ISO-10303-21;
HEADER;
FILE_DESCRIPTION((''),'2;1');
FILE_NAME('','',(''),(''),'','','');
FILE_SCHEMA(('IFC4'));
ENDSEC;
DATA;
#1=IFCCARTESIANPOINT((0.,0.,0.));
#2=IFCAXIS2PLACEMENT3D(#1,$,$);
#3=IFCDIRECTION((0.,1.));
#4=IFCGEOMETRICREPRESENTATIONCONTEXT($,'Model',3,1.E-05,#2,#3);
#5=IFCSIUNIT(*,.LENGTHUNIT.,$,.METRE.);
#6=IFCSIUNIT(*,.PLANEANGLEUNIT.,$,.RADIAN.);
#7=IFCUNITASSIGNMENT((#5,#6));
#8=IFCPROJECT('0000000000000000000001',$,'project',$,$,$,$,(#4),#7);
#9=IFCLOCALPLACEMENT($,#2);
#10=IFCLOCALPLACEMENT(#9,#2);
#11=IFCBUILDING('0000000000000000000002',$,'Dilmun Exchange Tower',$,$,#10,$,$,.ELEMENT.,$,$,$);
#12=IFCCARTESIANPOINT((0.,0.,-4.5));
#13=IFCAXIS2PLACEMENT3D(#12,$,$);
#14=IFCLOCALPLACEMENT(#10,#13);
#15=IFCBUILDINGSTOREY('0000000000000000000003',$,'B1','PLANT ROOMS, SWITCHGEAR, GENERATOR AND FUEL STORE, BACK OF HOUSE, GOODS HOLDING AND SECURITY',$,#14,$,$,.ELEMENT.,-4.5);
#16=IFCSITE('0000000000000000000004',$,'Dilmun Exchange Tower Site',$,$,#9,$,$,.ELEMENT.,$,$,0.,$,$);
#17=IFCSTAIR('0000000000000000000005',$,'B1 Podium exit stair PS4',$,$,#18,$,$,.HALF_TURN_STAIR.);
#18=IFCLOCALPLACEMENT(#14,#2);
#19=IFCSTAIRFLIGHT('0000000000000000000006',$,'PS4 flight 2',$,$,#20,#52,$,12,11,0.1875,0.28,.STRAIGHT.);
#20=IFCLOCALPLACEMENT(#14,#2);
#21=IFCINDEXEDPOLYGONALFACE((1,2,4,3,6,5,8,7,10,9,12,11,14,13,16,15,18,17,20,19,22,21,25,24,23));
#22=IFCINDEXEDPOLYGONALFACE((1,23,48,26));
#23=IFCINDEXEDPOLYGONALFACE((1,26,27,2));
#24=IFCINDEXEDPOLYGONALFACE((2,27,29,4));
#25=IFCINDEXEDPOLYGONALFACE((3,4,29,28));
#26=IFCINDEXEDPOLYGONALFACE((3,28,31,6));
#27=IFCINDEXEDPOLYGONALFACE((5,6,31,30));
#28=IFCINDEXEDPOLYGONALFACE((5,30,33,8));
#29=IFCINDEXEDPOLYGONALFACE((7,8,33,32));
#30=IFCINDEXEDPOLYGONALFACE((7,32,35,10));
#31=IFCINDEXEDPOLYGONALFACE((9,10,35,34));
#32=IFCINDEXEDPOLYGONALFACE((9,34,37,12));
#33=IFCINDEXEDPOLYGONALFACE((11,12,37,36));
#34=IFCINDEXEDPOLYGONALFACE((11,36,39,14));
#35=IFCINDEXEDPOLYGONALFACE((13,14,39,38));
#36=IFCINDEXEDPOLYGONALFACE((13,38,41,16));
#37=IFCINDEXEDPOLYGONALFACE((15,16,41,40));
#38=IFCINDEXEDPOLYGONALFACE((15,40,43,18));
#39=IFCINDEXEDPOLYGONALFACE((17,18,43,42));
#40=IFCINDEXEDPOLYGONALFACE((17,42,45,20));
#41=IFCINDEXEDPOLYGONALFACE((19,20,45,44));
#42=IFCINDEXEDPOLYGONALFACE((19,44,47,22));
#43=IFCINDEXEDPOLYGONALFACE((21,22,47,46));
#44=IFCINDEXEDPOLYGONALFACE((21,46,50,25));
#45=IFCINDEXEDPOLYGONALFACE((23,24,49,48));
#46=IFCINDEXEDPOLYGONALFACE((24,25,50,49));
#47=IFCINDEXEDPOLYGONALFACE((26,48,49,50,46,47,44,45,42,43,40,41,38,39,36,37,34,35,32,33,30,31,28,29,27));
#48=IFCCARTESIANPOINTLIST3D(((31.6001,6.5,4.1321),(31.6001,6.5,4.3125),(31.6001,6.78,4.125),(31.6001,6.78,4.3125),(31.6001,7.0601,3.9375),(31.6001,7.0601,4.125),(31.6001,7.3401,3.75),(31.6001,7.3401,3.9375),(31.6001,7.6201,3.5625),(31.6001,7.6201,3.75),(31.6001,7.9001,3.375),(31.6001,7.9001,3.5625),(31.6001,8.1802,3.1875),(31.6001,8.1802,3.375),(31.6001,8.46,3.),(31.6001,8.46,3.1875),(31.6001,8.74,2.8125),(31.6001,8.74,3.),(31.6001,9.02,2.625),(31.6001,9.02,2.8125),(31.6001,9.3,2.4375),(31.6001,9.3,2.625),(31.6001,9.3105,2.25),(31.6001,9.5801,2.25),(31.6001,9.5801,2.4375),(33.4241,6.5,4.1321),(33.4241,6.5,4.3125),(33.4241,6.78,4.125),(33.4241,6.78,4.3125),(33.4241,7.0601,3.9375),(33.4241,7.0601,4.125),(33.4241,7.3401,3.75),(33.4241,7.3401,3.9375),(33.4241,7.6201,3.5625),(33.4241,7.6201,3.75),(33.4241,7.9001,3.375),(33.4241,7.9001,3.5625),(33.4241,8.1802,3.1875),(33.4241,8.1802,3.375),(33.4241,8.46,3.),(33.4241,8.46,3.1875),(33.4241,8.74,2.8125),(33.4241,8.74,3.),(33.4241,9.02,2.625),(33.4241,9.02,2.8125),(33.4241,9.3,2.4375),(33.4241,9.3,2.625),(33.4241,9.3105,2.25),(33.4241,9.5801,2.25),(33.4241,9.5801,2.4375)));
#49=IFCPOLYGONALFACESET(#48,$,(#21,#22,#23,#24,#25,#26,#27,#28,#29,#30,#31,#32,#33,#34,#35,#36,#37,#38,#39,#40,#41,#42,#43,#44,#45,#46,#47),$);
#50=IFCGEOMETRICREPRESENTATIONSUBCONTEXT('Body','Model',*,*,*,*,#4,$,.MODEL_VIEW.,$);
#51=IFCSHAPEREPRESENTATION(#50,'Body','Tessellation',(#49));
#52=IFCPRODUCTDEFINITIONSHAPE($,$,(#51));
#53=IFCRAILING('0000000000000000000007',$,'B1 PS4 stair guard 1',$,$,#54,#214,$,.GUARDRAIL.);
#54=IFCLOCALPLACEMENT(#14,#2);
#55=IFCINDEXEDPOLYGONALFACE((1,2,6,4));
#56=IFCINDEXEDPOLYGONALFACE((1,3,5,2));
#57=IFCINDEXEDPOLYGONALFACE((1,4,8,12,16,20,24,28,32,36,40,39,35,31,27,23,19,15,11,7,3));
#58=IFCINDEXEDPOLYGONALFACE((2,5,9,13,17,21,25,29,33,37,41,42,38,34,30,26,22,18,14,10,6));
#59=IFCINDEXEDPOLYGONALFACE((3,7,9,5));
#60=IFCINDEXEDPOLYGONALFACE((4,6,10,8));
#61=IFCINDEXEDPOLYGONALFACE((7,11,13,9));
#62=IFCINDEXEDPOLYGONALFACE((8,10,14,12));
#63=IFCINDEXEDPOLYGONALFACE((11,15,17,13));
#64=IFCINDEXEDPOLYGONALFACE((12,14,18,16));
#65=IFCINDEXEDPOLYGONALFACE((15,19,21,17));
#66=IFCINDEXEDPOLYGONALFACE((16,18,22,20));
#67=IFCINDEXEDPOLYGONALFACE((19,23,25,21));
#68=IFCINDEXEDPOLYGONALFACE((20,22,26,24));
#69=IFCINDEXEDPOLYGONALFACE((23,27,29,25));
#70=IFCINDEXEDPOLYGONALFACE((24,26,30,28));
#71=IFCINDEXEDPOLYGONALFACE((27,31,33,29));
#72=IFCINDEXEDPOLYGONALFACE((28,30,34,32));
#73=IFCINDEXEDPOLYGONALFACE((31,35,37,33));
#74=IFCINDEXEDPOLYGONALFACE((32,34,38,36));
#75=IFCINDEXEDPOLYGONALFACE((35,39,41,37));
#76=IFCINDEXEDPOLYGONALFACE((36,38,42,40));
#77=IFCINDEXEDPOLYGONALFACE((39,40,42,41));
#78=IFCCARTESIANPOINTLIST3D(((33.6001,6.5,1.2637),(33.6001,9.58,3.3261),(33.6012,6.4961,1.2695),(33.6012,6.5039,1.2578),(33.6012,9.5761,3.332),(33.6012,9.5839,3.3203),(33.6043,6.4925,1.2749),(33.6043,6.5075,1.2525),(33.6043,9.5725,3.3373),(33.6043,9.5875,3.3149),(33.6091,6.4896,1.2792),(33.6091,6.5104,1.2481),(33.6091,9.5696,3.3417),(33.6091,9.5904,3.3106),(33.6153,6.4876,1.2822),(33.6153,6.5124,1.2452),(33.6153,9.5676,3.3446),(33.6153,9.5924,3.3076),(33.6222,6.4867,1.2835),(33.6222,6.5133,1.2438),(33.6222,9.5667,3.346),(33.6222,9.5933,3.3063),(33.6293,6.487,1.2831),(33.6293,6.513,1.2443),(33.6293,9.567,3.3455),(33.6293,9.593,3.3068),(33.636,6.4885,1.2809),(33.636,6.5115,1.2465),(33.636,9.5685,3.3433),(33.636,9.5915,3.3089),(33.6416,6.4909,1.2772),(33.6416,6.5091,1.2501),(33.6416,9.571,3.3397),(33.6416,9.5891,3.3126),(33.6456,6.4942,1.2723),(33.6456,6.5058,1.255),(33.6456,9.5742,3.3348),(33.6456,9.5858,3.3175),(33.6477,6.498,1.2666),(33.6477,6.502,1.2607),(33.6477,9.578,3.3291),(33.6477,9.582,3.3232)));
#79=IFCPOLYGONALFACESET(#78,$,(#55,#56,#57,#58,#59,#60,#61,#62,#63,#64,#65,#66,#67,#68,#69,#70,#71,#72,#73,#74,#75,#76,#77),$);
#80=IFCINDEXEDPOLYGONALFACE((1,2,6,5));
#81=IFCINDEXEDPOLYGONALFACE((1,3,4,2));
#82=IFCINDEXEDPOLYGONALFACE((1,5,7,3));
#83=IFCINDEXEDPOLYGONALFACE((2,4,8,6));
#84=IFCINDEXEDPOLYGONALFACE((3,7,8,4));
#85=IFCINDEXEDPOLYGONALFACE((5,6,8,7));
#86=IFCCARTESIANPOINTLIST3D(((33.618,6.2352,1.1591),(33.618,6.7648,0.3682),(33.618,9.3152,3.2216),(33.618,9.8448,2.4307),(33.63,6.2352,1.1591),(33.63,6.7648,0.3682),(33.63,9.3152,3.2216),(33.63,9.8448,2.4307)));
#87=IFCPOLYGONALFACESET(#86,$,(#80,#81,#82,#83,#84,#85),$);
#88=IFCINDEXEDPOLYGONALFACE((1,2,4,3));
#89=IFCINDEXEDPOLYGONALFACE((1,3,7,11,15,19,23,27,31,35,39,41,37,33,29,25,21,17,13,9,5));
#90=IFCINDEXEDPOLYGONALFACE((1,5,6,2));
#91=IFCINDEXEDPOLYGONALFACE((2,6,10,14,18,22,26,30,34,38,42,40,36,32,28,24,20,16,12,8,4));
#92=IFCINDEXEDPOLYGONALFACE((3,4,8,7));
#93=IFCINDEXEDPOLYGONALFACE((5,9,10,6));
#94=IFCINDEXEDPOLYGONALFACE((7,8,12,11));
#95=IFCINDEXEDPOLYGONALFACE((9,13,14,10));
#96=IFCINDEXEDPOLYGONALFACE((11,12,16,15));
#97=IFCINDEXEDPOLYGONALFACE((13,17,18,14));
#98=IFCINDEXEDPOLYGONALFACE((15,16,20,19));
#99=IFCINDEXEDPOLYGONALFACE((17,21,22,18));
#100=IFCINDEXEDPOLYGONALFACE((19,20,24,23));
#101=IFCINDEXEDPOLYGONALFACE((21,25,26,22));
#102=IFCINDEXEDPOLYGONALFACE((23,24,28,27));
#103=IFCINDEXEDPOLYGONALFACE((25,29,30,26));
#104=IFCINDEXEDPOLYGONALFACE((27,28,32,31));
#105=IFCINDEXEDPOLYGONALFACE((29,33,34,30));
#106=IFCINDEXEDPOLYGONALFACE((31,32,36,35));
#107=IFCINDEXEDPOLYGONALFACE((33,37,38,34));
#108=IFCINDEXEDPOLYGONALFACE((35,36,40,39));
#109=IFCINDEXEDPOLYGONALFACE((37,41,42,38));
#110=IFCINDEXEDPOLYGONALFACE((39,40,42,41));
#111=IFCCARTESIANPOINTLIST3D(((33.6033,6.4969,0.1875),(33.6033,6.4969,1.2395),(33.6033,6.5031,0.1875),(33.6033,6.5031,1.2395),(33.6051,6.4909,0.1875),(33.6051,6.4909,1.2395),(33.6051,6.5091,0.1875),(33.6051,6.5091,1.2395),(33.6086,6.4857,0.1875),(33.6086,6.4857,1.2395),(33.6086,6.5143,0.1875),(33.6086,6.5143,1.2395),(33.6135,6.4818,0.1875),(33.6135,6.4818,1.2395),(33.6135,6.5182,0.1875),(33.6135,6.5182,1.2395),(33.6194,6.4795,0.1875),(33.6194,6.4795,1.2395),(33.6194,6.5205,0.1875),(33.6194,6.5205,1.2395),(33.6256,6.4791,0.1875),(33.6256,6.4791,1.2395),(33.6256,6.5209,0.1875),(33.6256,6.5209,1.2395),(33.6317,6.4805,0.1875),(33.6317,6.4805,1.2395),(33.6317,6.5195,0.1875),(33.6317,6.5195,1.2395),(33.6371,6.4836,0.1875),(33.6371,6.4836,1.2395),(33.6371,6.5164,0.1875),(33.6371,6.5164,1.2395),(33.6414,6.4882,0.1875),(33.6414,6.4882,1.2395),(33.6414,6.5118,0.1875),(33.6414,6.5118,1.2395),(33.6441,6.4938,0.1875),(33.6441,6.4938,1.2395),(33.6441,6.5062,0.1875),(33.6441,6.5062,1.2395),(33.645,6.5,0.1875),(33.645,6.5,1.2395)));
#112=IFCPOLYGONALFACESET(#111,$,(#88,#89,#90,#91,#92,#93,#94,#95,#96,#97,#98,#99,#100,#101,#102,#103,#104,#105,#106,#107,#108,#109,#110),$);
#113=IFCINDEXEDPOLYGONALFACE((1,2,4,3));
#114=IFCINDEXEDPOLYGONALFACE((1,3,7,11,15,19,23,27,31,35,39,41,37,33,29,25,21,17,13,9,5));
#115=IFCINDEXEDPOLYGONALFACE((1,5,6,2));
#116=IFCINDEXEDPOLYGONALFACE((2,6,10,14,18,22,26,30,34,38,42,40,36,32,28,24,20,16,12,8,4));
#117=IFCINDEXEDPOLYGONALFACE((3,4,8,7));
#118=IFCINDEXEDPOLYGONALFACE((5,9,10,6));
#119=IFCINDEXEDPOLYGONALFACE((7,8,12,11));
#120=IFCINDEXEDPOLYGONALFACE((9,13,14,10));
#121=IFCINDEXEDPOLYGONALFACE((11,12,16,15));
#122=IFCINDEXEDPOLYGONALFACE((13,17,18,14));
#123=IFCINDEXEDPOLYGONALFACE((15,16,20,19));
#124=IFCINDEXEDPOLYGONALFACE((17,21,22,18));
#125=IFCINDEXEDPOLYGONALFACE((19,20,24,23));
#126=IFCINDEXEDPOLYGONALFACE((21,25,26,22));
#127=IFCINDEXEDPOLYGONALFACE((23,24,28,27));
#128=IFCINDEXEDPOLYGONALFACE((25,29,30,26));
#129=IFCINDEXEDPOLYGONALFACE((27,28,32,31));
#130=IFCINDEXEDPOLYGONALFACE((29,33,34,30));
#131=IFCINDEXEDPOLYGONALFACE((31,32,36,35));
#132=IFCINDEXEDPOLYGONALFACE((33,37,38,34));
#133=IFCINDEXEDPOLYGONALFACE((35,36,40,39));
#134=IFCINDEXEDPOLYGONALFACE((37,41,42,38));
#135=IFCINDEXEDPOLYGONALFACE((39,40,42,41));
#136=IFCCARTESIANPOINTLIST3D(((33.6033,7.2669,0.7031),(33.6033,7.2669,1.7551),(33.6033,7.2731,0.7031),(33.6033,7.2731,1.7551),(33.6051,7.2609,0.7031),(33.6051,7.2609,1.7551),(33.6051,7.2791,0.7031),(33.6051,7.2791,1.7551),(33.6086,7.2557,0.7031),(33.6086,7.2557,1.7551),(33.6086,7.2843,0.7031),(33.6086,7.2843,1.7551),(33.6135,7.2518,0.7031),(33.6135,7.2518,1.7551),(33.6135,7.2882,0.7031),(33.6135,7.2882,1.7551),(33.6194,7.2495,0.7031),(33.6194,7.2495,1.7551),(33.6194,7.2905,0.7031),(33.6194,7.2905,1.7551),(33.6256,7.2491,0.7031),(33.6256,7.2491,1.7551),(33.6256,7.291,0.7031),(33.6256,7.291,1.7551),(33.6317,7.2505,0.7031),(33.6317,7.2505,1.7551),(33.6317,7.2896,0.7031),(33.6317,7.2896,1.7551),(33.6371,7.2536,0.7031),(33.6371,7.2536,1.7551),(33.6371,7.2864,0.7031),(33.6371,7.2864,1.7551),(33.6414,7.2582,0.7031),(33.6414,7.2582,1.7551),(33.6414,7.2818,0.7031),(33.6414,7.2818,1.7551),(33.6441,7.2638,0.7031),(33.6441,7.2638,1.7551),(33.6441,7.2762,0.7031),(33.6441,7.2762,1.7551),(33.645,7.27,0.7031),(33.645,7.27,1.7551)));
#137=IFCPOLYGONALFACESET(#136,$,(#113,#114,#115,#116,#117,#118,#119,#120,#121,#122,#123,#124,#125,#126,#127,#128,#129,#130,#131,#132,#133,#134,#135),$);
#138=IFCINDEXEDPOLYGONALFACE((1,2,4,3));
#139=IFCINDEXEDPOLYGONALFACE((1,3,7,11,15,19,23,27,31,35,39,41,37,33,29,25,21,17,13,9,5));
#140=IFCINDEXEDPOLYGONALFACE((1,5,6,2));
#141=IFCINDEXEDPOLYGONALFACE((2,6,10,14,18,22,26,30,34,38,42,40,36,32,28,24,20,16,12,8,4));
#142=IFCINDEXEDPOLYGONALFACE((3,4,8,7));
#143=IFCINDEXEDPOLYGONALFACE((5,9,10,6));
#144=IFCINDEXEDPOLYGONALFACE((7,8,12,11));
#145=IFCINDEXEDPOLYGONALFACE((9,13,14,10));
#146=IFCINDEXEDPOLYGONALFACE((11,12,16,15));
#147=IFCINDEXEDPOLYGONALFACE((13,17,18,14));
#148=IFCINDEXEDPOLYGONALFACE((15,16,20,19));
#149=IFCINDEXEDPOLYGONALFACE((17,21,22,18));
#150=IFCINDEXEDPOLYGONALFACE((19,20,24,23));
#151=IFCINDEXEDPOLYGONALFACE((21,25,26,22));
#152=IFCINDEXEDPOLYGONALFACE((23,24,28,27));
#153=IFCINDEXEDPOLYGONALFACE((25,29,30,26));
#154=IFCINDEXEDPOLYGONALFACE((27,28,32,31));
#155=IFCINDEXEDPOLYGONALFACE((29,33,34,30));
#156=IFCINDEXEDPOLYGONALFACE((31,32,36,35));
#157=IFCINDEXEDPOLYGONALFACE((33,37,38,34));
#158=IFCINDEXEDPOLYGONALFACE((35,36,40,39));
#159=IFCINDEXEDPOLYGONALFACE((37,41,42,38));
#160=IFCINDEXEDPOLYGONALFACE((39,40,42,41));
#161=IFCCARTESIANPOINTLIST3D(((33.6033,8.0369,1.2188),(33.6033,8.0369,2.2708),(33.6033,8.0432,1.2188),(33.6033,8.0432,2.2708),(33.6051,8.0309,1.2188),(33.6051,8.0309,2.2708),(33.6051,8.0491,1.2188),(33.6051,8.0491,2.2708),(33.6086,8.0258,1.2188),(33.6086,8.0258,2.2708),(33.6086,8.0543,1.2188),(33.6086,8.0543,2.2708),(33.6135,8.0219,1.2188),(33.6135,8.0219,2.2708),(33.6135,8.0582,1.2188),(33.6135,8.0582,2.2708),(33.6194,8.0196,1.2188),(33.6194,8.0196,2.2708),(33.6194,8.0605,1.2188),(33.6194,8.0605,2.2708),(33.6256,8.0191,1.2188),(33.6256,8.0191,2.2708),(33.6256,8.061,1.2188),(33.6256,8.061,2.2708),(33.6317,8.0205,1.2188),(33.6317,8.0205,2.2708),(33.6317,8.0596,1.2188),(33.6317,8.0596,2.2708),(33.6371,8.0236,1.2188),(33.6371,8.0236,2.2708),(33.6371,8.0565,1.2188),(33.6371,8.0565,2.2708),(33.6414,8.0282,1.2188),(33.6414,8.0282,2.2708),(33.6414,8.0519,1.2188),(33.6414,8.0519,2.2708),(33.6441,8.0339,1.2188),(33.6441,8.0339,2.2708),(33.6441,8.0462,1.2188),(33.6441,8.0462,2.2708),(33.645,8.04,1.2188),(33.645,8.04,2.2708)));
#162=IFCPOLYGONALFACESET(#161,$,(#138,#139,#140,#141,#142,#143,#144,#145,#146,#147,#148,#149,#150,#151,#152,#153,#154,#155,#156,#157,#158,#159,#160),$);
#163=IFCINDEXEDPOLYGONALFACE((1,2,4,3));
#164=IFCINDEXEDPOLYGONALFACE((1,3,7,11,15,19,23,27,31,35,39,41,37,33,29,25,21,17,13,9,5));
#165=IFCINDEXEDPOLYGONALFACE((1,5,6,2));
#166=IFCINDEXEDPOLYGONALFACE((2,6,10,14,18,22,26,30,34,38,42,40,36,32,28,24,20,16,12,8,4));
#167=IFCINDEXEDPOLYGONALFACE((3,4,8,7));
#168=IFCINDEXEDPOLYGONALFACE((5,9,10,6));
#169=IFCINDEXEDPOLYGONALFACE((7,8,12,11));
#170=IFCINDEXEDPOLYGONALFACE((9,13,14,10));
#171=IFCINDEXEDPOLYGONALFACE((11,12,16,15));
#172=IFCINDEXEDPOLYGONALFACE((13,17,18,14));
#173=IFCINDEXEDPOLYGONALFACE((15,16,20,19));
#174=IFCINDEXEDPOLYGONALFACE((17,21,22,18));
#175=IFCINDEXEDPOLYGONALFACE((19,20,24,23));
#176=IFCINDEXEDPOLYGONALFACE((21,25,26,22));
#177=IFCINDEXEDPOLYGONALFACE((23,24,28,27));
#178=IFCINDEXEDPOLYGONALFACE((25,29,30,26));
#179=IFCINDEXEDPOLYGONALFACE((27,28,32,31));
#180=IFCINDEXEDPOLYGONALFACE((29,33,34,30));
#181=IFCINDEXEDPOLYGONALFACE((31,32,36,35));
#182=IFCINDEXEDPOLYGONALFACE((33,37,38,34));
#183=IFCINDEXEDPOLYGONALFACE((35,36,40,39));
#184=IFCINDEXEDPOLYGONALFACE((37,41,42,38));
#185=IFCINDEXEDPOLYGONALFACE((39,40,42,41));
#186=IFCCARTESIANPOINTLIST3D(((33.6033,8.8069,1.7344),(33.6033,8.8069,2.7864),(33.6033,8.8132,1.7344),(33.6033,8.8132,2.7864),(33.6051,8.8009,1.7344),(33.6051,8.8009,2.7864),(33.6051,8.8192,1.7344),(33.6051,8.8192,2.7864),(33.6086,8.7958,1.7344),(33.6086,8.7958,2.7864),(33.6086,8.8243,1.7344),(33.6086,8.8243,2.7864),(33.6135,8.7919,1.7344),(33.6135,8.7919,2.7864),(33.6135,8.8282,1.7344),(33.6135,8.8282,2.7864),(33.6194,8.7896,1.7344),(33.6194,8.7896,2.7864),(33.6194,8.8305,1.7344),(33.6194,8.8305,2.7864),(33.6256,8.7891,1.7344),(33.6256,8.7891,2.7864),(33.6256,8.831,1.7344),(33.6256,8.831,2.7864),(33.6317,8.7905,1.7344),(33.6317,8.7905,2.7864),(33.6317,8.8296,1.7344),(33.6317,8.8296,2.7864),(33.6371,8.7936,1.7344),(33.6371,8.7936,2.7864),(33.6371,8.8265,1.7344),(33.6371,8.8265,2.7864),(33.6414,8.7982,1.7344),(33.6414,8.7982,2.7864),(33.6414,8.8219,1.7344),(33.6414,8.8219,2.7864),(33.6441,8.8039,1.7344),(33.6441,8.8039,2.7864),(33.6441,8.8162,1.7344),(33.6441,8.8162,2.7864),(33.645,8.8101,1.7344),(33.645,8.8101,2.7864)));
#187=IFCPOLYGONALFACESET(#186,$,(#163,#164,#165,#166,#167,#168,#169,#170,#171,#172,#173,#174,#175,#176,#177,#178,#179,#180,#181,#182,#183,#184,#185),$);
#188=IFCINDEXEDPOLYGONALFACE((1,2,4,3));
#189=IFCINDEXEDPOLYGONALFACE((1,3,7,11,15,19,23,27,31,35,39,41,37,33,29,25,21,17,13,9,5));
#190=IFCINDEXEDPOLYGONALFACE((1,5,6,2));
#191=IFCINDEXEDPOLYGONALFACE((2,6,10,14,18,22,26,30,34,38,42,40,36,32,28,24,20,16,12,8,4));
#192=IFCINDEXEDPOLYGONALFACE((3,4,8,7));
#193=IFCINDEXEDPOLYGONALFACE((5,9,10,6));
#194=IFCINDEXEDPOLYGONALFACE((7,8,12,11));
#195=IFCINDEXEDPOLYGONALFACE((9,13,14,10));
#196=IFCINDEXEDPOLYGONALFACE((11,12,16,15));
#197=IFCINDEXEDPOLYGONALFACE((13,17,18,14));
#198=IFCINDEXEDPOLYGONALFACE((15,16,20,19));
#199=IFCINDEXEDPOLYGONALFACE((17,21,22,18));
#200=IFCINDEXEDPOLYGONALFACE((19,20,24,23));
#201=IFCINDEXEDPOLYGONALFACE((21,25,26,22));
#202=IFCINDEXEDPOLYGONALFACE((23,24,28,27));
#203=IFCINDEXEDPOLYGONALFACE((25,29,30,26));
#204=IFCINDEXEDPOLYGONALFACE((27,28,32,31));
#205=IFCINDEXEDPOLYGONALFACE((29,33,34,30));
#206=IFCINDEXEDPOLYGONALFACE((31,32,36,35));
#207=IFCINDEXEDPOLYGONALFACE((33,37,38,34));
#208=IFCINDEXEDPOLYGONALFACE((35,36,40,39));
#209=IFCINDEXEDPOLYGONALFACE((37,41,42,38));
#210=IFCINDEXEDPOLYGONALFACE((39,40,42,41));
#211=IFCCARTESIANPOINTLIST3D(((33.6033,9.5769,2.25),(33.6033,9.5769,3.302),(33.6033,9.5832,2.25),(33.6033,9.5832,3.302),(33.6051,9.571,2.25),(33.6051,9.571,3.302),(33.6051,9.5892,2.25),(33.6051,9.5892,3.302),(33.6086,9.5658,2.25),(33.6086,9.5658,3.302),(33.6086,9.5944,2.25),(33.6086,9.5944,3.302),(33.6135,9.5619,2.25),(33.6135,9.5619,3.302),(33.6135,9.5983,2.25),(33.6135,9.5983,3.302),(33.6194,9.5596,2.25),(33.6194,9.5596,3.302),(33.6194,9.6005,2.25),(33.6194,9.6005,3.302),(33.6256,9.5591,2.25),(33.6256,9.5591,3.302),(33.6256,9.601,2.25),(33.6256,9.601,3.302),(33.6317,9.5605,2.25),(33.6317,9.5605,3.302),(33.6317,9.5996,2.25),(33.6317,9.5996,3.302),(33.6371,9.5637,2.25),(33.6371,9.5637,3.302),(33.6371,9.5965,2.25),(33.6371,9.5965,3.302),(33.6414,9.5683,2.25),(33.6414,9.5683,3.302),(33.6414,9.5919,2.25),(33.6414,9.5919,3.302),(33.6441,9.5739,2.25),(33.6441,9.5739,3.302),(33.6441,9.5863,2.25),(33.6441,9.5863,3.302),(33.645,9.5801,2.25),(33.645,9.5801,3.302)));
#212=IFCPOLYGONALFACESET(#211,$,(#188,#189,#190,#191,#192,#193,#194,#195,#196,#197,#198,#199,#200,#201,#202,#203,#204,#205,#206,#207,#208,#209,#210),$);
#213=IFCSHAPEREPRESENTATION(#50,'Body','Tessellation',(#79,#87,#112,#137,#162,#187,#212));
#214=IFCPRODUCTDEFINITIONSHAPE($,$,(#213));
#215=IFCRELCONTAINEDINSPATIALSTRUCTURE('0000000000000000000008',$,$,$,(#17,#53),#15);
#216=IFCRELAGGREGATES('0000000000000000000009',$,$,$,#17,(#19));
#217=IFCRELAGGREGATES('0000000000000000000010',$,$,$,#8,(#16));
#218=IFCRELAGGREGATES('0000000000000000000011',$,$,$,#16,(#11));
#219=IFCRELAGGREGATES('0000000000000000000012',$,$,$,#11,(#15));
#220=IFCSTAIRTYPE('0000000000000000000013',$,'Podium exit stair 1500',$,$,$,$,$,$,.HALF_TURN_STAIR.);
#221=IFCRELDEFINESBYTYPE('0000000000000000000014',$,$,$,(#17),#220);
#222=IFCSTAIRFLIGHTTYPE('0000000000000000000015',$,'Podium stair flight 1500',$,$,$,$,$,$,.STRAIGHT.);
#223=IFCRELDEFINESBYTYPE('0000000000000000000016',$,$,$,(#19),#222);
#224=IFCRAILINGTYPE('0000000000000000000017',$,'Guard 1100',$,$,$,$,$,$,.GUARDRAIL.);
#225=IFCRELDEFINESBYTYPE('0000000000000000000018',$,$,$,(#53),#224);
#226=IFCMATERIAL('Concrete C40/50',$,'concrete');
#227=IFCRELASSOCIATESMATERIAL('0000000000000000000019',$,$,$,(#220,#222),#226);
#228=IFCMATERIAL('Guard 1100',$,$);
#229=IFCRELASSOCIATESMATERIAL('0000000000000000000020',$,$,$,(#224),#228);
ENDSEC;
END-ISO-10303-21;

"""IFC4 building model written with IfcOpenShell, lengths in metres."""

from ifc_helpers import new_model, si_unit, direction, frame, origin, origin_2d, place, context, subcontext, project, spatial, polyline, rectangle, circle, outline, extrude, material, type_object, element, aggregate, save


model = new_model("IFC4")

# Units and contexts
model_context = context("Model", 3, precision=1e-05, world=origin(), true_north=direction((0.0, 1.0)))
body_context = subcontext(model_context, "Body", "Model", "MODEL_VIEW")
ifc_project = project(units=[si_unit("LENGTHUNIT", "METRE"), si_unit("PLANEANGLEUNIT", "RADIAN")], contexts=[model_context])

# Site, building, storey
site_placement = place(None, origin())
site = spatial("IfcSite", under=ifc_project, at=site_placement, Name="Dilmun Exchange Tower Site", CompositionType="ELEMENT", RefElevation=0.0)
building_placement = place(site_placement, origin())
building = spatial("IfcBuilding", under=site, at=building_placement, Name="Dilmun Exchange Tower", CompositionType="ELEMENT")
storey_placement = place(building_placement, frame((0.0, 0.0, -4.5)))
storey = spatial("IfcBuildingStorey", under=building, at=storey_placement, Name="B1", Description="PLANT ROOMS, SWITCHGEAR, GENERATOR AND FUEL STORE, BACK OF HOUSE, GOODS HOLDING AND SECURITY", CompositionType="ELEMENT", Elevation=-4.5)

# Stair, stair flight
ifc_material_1 = material(Name="Concrete C40/50", Category="concrete")
stair_type = type_object("IfcStairType", Name="Podium exit stair 1500", PredefinedType="HALF_TURN_STAIR", material=ifc_material_1)
stair_placement = place(storey_placement, origin())
stair = element("IfcStair", 1, at=stair_placement, inside=storey, type_object=stair_type, Name="B1 Podium exit stair PS4", PredefinedType="HALF_TURN_STAIR")
stair_flight_type = type_object("IfcStairFlightType", Name="Podium stair flight 1500", PredefinedType="STRAIGHT", material=ifc_material_1)
stair_flight_1_placement = place(storey_placement, frame((32.512, 9.5801, 2.25), z_axis=(0.0, 0.0, 1.0), x_axis=(0.0, -1.0, 0.0)))
stair_flight_1 = element("IfcStairFlight", 2, at=stair_flight_1_placement, type_object=stair_flight_type, Name="PS4 flight 2", NumberOfRisers=12, NumberOfTreads=11, PredefinedType="STRAIGHT", RiserHeight=0.1875, TreadLength=0.28, context=body_context, shape_type="SweptSolid", body=[
    extrude(outline(polyline([(0.0, 0.0), (0.0, 0.1875), (0.28, 0.1875), (0.28, 0.375), (0.5601, 0.375), (0.5601, 0.5625), (0.8401, 0.5625), (0.8401, 0.75), (1.1201, 0.75), (1.1201, 0.9375), (1.3999, 0.9375), (1.3999, 1.125), (1.6799, 1.125), (1.6799, 1.3125), (1.96, 1.3125), (1.96, 1.5), (2.24, 1.5), (2.24, 1.6875), (2.52, 1.6875), (2.52, 1.875), (2.8, 1.875), (2.8, 2.0625), (3.0801, 2.0625), (3.0801, 2.25), (3.0801, 1.8821), (0.2695, 0.0), (0.0, 0.0)])), frame((0.0, 0.9121, 0.0), z_axis=(0.0, -1.0, 0.0), x_axis=(1.0, 0.0, 0.0)), (0.0, 0.0, 1.0), 1.824),
])
aggregate(stair, [stair_flight_1])

# Railing
ifc_material_2 = material(Name="Guard 1100")
railing_type_1 = type_object("IfcRailingType", Name="Guard 1100", PredefinedType="GUARDRAIL", material=ifc_material_2)
railing_1_placement = place(storey_placement, frame((33.624, 6.5, 0.1875)))
element("IfcRailing", 3, at=railing_1_placement, inside=storey, type_object=railing_type_1, Name="B1 PS4 stair guard 1", PredefinedType="GUARDRAIL", context=body_context, shape_type="SweptSolid", body=[
    extrude(circle(Radius=0.0239, at=origin_2d()), frame((0.0, 0.0, 1.0762), z_axis=(0.0, 0.830914, 0.556401), x_axis=(-1.0, 0.0, 0.0)), (0.0, 0.0, 1.0), 3.7068),
    extrude(rectangle(XDim=0.012, YDim=0.9519, at=origin_2d()), frame((0.0, 0.0, 0.5762), z_axis=(0.0, 0.830914, 0.556401), x_axis=(-1.0, 0.0, 0.0)), (0.0, 0.0, 1.0), 3.7068),
    extrude(circle(Radius=0.021, at=origin_2d()), origin(), (0.0, 0.0, 1.0), 1.052),
    extrude(circle(Radius=0.021, at=origin_2d()), frame((0.0, 0.77, 0.5156)), (0.0, 0.0, 1.0), 1.052),
    extrude(circle(Radius=0.021, at=origin_2d()), frame((0.0, 1.54, 1.0312)), (0.0, 0.0, 1.0), 1.052),
    extrude(circle(Radius=0.021, at=origin_2d()), frame((0.0, 2.3101, 1.5469)), (0.0, 0.0, 1.0), 1.052),
    extrude(circle(Radius=0.021, at=origin_2d()), frame((0.0, 3.0801, 2.0625)), (0.0, 0.0, 1.0), 1.052),
])

save(model, "model.ifc")
